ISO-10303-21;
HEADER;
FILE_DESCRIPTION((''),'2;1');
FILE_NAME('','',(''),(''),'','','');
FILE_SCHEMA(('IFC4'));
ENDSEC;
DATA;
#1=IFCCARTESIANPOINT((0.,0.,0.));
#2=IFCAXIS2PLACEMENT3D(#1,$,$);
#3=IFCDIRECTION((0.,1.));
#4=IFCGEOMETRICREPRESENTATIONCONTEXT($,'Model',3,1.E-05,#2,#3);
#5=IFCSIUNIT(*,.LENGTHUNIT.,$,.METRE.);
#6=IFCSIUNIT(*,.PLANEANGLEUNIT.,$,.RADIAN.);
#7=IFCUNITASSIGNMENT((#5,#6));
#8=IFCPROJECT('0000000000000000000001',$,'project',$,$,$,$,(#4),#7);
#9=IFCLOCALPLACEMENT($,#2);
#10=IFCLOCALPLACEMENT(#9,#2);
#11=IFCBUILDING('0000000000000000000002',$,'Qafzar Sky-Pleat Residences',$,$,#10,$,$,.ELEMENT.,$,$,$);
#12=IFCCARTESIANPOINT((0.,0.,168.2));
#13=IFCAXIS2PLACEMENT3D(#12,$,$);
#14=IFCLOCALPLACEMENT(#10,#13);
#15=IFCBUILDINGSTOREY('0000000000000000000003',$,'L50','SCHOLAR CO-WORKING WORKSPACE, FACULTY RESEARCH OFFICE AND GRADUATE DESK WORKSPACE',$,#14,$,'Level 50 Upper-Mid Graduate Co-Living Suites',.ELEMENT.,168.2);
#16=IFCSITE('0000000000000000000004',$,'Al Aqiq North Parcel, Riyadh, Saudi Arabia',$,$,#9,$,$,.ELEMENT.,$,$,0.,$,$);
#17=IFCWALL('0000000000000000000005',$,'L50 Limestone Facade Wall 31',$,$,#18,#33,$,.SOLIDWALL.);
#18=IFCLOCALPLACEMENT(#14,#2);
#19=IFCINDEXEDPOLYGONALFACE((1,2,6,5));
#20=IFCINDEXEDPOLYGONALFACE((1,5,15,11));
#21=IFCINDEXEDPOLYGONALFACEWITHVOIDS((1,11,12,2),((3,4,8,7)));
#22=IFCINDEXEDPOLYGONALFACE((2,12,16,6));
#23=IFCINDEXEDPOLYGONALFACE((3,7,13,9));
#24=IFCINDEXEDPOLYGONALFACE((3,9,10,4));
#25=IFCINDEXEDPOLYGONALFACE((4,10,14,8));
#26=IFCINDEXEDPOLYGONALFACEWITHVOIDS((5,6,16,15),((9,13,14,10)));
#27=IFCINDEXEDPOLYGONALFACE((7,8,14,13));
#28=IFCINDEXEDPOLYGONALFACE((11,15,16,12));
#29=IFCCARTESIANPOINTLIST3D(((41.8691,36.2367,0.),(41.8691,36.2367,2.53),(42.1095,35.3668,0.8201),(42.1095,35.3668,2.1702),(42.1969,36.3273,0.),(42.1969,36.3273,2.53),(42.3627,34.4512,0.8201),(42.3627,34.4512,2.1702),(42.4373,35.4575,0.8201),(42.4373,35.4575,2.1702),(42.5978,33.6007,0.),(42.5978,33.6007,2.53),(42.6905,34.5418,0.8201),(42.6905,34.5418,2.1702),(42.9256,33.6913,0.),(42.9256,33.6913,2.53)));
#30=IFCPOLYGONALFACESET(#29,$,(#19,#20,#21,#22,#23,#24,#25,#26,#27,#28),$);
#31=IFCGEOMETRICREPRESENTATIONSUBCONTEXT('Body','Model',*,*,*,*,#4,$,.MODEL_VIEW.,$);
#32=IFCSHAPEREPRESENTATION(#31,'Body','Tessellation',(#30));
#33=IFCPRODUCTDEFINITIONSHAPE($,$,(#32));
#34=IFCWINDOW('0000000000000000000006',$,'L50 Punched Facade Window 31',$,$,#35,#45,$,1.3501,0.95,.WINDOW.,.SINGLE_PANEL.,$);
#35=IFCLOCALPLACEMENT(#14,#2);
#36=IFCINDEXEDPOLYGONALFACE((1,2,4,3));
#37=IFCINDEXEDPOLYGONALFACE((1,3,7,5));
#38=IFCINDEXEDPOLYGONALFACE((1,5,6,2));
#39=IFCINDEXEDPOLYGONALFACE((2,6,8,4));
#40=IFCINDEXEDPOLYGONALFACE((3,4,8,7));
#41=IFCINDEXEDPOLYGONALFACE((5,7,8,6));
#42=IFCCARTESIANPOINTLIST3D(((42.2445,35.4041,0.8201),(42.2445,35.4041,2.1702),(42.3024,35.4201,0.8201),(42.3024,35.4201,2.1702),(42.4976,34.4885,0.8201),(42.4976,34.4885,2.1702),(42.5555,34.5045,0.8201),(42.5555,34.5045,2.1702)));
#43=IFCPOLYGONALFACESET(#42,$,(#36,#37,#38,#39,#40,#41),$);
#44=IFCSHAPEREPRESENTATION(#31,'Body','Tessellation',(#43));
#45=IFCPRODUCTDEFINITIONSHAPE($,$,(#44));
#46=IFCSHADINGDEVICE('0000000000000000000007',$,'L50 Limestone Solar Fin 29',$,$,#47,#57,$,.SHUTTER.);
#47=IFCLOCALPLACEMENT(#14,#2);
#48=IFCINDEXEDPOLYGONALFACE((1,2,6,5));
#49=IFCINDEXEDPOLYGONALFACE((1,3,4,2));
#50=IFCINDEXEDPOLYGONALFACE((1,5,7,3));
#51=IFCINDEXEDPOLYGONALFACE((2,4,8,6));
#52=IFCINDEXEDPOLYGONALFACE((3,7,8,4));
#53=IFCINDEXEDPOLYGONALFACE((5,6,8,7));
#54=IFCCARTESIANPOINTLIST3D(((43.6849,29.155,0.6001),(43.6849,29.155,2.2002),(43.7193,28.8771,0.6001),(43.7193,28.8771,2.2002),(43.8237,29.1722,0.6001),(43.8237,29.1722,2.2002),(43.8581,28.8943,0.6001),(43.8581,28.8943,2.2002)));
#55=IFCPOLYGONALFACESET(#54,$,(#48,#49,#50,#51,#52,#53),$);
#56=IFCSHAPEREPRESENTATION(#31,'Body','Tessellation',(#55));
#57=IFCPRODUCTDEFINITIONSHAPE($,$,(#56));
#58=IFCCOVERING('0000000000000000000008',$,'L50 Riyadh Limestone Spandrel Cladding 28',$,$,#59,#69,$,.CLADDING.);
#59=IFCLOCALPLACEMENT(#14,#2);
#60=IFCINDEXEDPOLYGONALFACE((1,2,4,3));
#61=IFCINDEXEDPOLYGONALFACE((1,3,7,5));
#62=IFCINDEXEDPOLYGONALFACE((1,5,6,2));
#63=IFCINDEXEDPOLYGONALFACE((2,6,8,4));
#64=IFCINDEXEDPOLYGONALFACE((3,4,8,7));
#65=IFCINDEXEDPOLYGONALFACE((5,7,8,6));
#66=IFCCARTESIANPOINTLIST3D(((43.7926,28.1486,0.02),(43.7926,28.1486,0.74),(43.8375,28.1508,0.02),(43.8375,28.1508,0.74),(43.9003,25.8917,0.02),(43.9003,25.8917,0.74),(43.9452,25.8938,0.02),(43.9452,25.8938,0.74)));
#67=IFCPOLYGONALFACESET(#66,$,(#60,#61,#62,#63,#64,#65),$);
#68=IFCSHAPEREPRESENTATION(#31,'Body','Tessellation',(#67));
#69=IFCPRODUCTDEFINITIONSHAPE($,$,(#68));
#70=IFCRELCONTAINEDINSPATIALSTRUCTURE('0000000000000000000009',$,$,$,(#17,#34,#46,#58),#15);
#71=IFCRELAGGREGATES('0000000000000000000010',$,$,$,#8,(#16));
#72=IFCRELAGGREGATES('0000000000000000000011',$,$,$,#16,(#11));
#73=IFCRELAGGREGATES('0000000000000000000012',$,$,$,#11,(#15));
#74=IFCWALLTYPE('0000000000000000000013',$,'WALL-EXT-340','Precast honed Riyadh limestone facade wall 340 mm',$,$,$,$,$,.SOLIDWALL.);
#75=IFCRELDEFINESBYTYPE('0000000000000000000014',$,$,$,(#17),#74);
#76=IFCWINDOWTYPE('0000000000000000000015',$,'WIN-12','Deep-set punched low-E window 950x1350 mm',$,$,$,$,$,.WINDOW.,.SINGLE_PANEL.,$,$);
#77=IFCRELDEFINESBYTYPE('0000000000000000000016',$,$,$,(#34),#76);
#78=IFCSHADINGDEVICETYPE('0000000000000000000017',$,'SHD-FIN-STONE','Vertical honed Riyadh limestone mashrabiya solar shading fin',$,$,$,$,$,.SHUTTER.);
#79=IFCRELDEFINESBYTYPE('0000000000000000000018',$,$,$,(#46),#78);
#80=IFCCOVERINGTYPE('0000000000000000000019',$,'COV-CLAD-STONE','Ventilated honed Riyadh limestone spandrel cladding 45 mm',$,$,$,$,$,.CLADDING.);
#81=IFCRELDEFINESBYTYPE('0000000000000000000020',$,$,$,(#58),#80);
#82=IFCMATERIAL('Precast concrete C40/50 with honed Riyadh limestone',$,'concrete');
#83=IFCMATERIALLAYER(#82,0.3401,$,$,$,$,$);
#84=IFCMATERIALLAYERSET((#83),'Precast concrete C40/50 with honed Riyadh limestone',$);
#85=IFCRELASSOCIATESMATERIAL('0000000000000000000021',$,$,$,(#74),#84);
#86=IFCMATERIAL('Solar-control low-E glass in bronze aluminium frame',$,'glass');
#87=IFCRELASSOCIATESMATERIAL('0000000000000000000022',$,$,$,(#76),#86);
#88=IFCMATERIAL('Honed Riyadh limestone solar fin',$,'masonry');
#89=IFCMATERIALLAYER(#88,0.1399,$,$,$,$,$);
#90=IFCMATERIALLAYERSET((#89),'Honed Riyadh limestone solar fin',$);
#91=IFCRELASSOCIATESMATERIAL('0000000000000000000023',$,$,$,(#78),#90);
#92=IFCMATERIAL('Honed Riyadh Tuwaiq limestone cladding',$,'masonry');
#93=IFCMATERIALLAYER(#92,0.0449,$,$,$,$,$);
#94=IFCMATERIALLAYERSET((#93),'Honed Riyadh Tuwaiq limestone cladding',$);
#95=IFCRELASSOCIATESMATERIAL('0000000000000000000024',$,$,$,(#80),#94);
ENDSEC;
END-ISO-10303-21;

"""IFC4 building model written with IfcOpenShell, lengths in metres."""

from ifc_helpers import new_model, si_unit, direction, frame, frame_2d, origin, origin_2d, place, context, subcontext, project, spatial, rectangle, extrude, source, transform, mapped, material, layer, layer_set, type_object, element, fill, save


model = new_model("IFC4")

# Units and contexts
model_context = context("Model", 3, precision=1e-05, world=origin(), true_north=direction((0.0, 1.0)))
body_context = subcontext(model_context, "Body", "Model", "MODEL_VIEW")
ifc_project = project(units=[si_unit("LENGTHUNIT", "METRE"), si_unit("PLANEANGLEUNIT", "RADIAN")], contexts=[model_context])

# Site, building, storey
site_placement = place(None, origin())
site = spatial("IfcSite", under=ifc_project, at=site_placement, Name="Al Aqiq North Parcel, Riyadh, Saudi Arabia", CompositionType="ELEMENT", RefElevation=0.0)
building_placement = place(site_placement, origin())
building = spatial("IfcBuilding", under=site, at=building_placement, Name="Qafzar Sky-Pleat Residences", CompositionType="ELEMENT")
storey_placement = place(building_placement, frame((0.0, 0.0, 168.2)))
storey = spatial("IfcBuildingStorey", under=building, at=storey_placement, Name="L50", Description="SCHOLAR CO-WORKING WORKSPACE, FACULTY RESEARCH OFFICE AND GRADUATE DESK WORKSPACE", LongName="Level 50 Upper-Mid Graduate Co-Living Suites", CompositionType="ELEMENT", Elevation=168.2)

# Wall, opening, window
ifc_material_1 = material(Name="Precast concrete C40/50 with honed Riyadh limestone", Category="concrete")
ifc_layer_1 = layer(ifc_material_1, 0.3401)
ifc_layer_set_1 = layer_set([ifc_layer_1], Name="Precast concrete C40/50 with honed Riyadh limestone")
wall_type_1 = type_object("IfcWallType", Name="WALL-EXT-340", Description="Precast honed Riyadh limestone facade wall 340 mm", PredefinedType="SOLIDWALL", material=ifc_layer_set_1)
ifc_material_2 = material(Name="Solar-control low-E glass in bronze aluminium frame", Category="glass")
wall_1_placement = place(storey_placement, frame((42.7617, 33.646, 0.0), z_axis=(0.0, 0.0, 1.0), x_axis=(-0.26647, 0.963843, 0.0)))
wall_1 = element("IfcWall", 1, at=wall_1_placement, inside=storey, type_object=wall_type_1, Name="L50 Limestone Facade Wall 31", PredefinedType="SOLIDWALL", context=body_context, shape_type="SweptSolid", body=[
    extrude(rectangle(XDim=2.7349, YDim=0.3401, at=frame_2d((1.3674, 0.0))), origin(), (0.0, 0.0, 1.0), 2.53),
])
opening_1_placement = place(wall_1_placement, frame((0.8823, 0.0, 0.8201)))
opening_1 = element("IfcOpeningElement", 2, at=opening_1_placement, cuts=wall_1, PredefinedType="OPENING", context=body_context, shape_type="SweptSolid", body=[
    extrude(rectangle(XDim=0.95, YDim=1.3501, at=frame_2d((0.4751, 0.675))), frame((0.0, 0.1802, 0.0), z_axis=(0.0, -1.0, 0.0), x_axis=(1.0, 0.0, 0.0)), (0.0, 0.0, 1.0), 0.3601),
])
window_type_1 = type_object("IfcWindowType", Name="WIN-12", Description="Deep-set punched low-E window 950x1350 mm", PartitioningType="SINGLE_PANEL", PredefinedType="WINDOW", material=ifc_material_2)
shared_shape_1 = source(origin(), body_context, "Body", "SweptSolid", [
    extrude(rectangle(XDim=0.95, YDim=1.3501, at=frame_2d((0.4751, 0.675))), frame((0.0, 0.03, 0.0), z_axis=(0.0, -1.0, 0.0), x_axis=(1.0, 0.0, 0.0)), (0.0, 0.0, 1.0), 0.0601),
])
window_1_placement = place(opening_1_placement, origin())
window_1 = element("IfcWindow", 3, at=window_1_placement, inside=storey, type_object=window_type_1, Name="L50 Punched Facade Window 31", OverallHeight=1.3501, OverallWidth=0.95, PartitioningType="SINGLE_PANEL", PredefinedType="WINDOW", context=body_context, shape_type="MappedRepresentation", body=[
    mapped(shared_shape_1, transform((0.0, 0.0, 0.0), x_axis=(1.0, 0.0, 0.0), y_axis=(0.0, 1.0, 0.0), z_axis=(0.0, 0.0, 1.0), scale=1.0)),
])
fill(opening_1, window_1)

# Shading device
ifc_material_3 = material(Name="Honed Riyadh limestone solar fin", Category="masonry")
ifc_layer_2 = layer(ifc_material_3, 0.1399)
ifc_layer_set_2 = layer_set([ifc_layer_2], Name="Honed Riyadh limestone solar fin")
shading_device_type = type_object("IfcShadingDeviceType", Name="SHD-FIN-STONE", Description="Vertical honed Riyadh limestone mashrabiya solar shading fin", PredefinedType="SHUTTER", material=ifc_layer_set_2)
shared_shape_2 = source(origin(), body_context, "Body", "SweptSolid", [
    extrude(rectangle(XDim=0.1399, YDim=0.28, at=origin_2d()), origin(), (0.0, 0.0, 1.0), 1.6001),
])
shading_device_placement = place(storey_placement, frame((43.7715, 29.0247, 0.6001), z_axis=(0.0, 0.0, 1.0), x_axis=(0.992422, 0.122875, 0.0)))
element("IfcShadingDevice", 4, at=shading_device_placement, inside=storey, type_object=shading_device_type, Name="L50 Limestone Solar Fin 29", PredefinedType="SHUTTER", context=body_context, shape_type="MappedRepresentation", body=[
    mapped(shared_shape_2, transform((0.0, 0.0, 0.0), x_axis=(1.0, 0.0, 0.0), y_axis=(0.0, 1.0, 0.0), z_axis=(0.0, 0.0, 1.0), scale=1.0)),
])

# Covering
ifc_material_4 = material(Name="Honed Riyadh Tuwaiq limestone cladding", Category="masonry")
ifc_layer_3 = layer(ifc_material_4, 0.0449)
ifc_layer_set_3 = layer_set([ifc_layer_3], Name="Honed Riyadh Tuwaiq limestone cladding")
covering_type = type_object("IfcCoveringType", Name="COV-CLAD-STONE", Description="Ventilated honed Riyadh limestone spandrel cladding 45 mm", PredefinedType="CLADDING", material=ifc_layer_set_3)
shared_shape_3 = source(origin(), body_context, "Body", "SweptSolid", [
    extrude(rectangle(XDim=2.2595, YDim=0.0449, at=origin_2d()), origin(), (0.0, 0.0, 1.0), 0.72),
])
covering_placement = place(storey_placement, frame((43.8689, 27.0212, 0.02), z_axis=(0.0, 0.0, 1.0), x_axis=(-0.047639, 0.998865, 0.0)))
element("IfcCovering", 5, at=covering_placement, inside=storey, type_object=covering_type, Name="L50 Riyadh Limestone Spandrel Cladding 28", PredefinedType="CLADDING", context=body_context, shape_type="MappedRepresentation", body=[
    mapped(shared_shape_3, transform((0.0, 0.0, 0.0), x_axis=(1.0, 0.0, 0.0), y_axis=(0.0, 1.0, 0.0), z_axis=(0.0, 0.0, 1.0), scale=1.0)),
])

save(model, "model.ifc")
